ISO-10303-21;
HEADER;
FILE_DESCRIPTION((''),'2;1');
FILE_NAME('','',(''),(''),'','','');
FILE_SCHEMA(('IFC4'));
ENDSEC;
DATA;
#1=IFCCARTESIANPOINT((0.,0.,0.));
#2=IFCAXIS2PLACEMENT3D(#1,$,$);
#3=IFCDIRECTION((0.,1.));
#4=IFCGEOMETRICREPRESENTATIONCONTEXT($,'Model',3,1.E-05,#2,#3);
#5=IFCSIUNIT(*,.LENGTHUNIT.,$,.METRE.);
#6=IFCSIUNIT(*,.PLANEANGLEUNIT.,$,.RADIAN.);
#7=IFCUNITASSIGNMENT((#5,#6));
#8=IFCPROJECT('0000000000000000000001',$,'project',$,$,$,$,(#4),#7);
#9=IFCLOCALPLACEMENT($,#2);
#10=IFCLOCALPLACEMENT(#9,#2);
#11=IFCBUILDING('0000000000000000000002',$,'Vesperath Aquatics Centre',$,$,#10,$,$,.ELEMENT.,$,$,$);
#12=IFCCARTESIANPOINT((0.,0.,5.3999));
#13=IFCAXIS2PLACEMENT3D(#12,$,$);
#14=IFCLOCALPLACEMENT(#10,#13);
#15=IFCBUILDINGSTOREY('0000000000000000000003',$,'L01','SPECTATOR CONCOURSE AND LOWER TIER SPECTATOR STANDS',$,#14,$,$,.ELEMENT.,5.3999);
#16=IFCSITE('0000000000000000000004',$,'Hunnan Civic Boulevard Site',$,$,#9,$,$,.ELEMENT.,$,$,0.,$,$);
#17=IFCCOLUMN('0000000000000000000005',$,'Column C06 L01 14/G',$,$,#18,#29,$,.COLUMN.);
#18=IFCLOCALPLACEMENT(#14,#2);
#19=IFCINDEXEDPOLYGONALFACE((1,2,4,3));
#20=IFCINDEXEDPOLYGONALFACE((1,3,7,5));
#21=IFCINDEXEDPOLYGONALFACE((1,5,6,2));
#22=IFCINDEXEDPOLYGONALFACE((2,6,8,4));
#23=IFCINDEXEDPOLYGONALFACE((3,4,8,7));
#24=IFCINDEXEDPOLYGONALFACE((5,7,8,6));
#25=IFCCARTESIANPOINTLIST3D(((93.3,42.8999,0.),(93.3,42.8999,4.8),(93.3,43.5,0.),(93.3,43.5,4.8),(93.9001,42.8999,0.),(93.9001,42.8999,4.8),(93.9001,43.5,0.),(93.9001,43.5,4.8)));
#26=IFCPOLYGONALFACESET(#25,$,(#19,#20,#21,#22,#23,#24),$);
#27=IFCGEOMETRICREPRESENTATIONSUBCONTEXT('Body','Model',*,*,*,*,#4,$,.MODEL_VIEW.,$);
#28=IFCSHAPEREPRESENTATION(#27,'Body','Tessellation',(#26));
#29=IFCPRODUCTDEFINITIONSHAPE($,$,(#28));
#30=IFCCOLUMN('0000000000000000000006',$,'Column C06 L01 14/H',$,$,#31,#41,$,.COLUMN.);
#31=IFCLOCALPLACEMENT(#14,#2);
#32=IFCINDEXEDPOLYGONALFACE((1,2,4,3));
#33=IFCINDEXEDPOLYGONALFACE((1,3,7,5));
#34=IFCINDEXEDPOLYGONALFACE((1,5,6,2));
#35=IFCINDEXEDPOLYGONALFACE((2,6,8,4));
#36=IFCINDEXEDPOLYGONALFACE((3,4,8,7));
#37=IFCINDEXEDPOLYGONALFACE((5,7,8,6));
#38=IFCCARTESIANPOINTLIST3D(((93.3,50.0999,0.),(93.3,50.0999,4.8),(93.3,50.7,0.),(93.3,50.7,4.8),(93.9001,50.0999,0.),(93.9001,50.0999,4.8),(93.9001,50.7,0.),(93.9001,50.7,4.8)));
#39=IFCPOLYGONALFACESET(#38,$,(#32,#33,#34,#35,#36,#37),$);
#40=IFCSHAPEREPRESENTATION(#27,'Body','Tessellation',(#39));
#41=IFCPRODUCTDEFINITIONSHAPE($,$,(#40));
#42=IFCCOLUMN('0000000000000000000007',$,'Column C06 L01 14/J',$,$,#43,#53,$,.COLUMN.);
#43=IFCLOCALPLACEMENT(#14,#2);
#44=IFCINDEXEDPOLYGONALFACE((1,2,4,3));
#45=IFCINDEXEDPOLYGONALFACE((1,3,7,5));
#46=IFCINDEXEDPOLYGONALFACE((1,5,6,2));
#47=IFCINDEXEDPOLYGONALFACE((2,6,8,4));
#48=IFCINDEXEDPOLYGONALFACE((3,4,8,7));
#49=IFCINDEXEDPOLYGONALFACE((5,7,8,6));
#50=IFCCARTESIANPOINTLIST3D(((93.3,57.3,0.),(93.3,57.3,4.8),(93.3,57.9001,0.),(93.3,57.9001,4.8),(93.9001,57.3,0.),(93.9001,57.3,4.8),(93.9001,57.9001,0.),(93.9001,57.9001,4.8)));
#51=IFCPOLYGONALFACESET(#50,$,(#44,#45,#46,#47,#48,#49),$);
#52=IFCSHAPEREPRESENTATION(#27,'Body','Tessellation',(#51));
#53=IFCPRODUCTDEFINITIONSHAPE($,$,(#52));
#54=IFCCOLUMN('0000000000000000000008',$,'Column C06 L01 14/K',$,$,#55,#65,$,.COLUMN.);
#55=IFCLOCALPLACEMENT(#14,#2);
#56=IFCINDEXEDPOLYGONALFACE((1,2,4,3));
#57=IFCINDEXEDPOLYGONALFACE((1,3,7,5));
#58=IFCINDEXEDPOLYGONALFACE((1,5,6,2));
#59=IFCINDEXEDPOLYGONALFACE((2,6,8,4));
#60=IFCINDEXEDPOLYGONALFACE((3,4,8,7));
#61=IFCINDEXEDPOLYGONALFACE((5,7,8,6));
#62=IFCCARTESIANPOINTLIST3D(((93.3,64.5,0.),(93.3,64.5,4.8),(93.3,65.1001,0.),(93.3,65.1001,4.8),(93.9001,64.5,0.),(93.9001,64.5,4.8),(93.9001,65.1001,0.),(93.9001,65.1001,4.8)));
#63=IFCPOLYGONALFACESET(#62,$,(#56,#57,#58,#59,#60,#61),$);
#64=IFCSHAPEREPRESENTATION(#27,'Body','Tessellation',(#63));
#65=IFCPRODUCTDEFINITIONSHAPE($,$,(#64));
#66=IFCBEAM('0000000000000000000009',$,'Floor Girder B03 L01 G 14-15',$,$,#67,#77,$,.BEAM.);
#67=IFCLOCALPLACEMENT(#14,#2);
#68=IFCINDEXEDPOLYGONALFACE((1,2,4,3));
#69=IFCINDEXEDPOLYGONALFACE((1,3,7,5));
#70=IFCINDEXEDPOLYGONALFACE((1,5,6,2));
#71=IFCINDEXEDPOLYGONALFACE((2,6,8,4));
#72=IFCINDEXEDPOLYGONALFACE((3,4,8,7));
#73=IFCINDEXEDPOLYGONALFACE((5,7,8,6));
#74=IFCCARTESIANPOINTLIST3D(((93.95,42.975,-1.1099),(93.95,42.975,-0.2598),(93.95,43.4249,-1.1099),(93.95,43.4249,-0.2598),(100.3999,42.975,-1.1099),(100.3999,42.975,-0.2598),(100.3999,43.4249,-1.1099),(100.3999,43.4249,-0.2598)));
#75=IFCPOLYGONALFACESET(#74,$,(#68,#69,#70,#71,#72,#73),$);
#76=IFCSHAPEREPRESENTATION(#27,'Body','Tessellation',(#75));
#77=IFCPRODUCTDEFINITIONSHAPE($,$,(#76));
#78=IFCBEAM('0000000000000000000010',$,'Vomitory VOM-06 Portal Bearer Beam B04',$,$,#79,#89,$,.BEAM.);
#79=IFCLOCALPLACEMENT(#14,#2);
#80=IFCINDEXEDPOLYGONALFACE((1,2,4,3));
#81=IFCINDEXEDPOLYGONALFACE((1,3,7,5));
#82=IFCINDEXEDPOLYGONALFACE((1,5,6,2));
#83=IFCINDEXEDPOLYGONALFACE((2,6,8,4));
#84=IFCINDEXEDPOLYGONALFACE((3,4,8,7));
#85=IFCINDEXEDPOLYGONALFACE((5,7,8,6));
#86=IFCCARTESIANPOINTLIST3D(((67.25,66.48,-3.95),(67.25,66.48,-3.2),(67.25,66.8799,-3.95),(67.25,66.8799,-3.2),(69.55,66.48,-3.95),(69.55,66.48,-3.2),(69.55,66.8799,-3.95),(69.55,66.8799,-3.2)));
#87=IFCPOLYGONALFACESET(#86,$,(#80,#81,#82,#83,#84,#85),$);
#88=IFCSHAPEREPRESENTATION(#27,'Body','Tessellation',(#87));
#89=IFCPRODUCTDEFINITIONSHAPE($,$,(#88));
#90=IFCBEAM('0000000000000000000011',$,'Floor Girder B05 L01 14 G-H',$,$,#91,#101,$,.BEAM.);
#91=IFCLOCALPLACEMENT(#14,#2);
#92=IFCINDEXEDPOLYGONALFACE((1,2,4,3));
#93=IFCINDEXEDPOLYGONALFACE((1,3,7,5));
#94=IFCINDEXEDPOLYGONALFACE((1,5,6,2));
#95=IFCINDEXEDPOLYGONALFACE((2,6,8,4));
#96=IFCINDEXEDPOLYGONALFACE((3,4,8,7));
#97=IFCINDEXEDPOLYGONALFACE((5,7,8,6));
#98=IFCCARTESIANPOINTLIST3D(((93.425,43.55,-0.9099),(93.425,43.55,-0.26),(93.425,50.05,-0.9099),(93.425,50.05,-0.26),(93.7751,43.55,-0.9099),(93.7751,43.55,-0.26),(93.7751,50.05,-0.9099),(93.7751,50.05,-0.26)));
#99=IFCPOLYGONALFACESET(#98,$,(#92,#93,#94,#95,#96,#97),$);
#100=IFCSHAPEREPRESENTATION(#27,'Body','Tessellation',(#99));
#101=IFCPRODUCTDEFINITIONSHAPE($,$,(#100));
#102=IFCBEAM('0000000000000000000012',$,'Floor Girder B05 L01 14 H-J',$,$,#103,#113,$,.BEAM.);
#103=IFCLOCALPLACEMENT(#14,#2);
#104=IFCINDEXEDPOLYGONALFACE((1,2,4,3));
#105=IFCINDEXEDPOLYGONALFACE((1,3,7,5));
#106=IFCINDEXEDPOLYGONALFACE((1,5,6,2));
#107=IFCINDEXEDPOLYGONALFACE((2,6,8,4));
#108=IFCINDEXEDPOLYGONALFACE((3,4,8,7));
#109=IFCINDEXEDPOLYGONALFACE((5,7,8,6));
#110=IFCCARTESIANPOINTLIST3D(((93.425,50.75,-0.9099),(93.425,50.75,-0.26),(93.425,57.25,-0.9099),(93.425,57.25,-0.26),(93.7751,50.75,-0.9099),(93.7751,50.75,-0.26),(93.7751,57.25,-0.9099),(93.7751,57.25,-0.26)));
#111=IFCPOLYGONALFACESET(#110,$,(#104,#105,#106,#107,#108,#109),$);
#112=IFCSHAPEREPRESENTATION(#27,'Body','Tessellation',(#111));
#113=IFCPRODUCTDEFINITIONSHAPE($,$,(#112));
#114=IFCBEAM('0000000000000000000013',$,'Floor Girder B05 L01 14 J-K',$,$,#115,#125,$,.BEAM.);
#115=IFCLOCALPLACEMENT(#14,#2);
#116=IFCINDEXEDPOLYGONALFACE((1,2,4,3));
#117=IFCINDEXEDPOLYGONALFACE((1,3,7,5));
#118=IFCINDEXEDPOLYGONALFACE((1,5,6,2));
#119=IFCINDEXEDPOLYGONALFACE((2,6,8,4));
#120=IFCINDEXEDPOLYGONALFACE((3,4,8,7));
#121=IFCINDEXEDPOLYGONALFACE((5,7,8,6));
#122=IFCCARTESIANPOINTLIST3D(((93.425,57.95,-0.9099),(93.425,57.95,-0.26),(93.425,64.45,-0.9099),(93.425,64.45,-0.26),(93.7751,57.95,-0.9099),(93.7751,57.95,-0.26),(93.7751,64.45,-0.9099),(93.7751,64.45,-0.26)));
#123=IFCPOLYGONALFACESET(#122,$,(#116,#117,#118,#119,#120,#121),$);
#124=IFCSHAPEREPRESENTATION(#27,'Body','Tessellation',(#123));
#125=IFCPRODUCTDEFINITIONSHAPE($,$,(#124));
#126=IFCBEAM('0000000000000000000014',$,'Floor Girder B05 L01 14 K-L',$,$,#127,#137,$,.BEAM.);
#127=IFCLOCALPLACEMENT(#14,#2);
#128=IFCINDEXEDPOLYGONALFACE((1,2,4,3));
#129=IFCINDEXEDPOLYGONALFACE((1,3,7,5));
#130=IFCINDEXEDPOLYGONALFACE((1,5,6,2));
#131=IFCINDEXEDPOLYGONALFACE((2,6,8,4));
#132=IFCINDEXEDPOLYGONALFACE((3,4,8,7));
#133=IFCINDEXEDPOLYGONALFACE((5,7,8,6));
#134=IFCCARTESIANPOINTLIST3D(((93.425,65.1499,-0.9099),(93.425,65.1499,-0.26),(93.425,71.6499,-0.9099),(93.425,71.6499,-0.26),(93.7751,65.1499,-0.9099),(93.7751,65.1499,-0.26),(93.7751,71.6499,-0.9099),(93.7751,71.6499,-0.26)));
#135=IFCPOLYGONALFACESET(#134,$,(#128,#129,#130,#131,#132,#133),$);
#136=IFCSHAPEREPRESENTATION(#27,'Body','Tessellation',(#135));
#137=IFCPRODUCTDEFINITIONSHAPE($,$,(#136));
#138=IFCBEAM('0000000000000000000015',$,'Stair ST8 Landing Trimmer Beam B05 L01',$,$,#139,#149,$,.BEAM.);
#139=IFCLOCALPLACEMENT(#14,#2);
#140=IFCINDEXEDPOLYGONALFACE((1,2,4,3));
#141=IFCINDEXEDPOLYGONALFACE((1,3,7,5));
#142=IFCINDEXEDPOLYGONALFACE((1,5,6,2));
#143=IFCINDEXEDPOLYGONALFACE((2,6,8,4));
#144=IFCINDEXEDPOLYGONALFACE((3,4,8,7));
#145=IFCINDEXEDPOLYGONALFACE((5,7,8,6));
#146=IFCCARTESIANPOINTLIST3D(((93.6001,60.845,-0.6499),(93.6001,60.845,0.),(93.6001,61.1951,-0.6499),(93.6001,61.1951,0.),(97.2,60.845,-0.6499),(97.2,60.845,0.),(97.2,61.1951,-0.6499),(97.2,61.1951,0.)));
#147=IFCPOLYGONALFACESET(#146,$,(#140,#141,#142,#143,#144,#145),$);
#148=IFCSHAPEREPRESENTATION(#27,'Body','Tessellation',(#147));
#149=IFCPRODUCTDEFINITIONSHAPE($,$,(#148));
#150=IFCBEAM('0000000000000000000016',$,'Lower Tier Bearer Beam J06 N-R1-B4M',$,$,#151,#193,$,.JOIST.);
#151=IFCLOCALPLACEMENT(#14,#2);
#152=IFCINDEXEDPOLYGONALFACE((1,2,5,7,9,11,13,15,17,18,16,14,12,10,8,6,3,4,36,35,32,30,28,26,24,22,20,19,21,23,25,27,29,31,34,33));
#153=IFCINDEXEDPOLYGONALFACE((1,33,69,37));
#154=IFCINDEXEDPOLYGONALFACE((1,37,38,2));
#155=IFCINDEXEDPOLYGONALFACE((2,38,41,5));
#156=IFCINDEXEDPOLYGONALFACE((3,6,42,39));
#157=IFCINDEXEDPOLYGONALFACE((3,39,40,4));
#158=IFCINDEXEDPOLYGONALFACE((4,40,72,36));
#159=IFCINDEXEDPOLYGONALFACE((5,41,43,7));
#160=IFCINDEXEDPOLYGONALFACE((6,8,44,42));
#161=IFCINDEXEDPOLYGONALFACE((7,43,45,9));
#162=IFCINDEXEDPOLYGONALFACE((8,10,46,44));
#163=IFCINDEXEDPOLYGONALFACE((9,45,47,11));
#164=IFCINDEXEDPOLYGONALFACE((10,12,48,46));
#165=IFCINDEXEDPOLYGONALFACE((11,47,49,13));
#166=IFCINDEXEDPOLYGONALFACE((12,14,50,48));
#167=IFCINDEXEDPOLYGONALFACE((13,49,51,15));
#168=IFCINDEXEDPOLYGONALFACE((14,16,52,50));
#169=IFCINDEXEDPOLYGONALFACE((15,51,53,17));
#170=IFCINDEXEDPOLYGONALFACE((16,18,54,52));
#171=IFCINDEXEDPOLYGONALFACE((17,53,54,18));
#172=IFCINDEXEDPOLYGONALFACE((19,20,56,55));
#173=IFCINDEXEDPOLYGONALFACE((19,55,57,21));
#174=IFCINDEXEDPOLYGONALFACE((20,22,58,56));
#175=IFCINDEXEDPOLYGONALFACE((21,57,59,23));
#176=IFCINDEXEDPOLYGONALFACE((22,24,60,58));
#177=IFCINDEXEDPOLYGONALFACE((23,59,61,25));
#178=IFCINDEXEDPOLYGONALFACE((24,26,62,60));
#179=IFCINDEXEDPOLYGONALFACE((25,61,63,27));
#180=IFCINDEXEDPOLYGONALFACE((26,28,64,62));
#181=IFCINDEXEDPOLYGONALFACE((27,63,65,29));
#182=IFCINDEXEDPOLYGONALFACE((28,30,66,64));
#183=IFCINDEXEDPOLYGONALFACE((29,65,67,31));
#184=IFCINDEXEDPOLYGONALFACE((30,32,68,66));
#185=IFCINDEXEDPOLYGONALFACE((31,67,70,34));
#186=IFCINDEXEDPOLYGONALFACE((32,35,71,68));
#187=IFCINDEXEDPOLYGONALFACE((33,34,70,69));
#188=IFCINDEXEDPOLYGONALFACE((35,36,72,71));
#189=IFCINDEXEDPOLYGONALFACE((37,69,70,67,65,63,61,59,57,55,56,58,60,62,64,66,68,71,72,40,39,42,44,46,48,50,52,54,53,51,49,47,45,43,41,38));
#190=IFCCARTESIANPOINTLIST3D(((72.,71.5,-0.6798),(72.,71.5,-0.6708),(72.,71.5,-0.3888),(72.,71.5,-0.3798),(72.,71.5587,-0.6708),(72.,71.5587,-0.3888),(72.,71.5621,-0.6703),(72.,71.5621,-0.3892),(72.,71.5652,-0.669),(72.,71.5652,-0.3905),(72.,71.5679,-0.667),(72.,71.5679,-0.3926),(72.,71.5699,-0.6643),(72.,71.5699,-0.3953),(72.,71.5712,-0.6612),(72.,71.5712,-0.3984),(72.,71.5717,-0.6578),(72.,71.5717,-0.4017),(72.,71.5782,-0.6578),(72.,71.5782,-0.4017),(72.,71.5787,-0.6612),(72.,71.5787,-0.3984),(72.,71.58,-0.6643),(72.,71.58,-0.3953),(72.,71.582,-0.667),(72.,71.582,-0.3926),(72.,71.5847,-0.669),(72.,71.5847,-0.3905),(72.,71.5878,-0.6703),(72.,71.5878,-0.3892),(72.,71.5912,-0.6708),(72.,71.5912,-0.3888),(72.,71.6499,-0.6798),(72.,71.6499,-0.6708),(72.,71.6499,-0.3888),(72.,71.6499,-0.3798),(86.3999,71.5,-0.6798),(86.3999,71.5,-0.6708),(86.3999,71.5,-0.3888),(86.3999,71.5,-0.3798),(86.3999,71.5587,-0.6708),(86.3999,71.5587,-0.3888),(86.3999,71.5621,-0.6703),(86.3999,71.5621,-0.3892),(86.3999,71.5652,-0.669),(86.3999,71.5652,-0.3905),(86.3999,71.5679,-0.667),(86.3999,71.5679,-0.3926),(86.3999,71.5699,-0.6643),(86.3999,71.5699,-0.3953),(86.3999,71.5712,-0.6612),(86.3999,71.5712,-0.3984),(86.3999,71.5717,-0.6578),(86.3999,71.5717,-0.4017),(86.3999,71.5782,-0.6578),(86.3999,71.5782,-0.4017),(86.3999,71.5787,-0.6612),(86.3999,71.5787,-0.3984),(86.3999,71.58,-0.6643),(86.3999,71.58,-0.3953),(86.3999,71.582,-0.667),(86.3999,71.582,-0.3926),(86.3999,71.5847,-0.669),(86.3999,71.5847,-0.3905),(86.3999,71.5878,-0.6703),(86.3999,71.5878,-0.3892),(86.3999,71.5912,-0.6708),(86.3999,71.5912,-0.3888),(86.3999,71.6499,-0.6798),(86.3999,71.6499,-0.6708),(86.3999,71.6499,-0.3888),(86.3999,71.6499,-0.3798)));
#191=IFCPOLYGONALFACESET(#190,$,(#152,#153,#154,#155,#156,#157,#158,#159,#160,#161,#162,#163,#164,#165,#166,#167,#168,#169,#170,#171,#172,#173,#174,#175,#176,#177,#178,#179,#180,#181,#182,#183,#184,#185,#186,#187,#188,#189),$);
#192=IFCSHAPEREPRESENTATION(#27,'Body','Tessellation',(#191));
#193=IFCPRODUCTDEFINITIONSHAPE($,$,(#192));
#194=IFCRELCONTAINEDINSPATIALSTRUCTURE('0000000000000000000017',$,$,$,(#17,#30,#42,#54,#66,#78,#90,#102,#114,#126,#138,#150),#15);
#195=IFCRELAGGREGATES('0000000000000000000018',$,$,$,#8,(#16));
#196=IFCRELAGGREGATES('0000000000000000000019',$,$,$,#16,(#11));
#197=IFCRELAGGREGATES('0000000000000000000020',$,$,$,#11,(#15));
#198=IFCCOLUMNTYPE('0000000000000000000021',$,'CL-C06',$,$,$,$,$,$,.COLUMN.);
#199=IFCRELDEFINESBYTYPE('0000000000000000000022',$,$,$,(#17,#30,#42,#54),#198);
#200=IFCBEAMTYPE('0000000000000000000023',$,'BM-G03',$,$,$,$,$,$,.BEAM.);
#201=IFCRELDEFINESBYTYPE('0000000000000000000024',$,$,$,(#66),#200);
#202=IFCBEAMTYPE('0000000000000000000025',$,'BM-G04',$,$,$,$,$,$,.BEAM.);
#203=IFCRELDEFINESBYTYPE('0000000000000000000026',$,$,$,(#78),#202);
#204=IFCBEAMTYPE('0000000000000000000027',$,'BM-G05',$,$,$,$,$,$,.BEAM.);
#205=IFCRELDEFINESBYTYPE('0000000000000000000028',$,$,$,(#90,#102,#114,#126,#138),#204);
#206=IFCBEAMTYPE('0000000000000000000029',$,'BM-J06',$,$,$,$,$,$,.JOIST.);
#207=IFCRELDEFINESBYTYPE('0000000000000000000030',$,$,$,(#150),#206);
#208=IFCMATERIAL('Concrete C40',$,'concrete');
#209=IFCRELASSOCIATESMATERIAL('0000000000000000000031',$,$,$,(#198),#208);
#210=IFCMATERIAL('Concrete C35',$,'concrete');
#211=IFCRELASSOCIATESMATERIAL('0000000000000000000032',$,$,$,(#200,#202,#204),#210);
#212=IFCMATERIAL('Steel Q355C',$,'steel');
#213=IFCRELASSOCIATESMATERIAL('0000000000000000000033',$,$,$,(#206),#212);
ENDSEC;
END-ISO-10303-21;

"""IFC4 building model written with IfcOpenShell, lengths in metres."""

from ifc_helpers import new_model, si_unit, direction, frame, origin, origin_2d, place, context, subcontext, project, spatial, rectangle, i_section, extrude, material, material_profile, profile_set, type_object, element, save


model = new_model("IFC4")

# Units and contexts
model_context = context("Model", 3, precision=1e-05, world=origin(), true_north=direction((0.0, 1.0)))
body_context = subcontext(model_context, "Body", "Model", "MODEL_VIEW")
ifc_project = project(units=[si_unit("LENGTHUNIT", "METRE"), si_unit("PLANEANGLEUNIT", "RADIAN")], contexts=[model_context])

# Site, building, storey
site_placement = place(None, origin())
site = spatial("IfcSite", under=ifc_project, at=site_placement, Name="Hunnan Civic Boulevard Site", CompositionType="ELEMENT", RefElevation=0.0)
building_placement = place(site_placement, origin())
building = spatial("IfcBuilding", under=site, at=building_placement, Name="Vesperath Aquatics Centre", CompositionType="ELEMENT")
storey_placement = place(building_placement, frame((0.0, 0.0, 5.3999)))
storey = spatial("IfcBuildingStorey", under=building, at=storey_placement, Name="L01", Description="SPECTATOR CONCOURSE AND LOWER TIER SPECTATOR STANDS", CompositionType="ELEMENT", Elevation=5.3999)

# Columns
ifc_material_1 = material(Name="Concrete C40", Category="concrete")
ifc_material_profile_1 = material_profile(ifc_material_1, rectangle(XDim=0.6001, YDim=0.6001, at=origin_2d()), Name="RC 600x600")
ifc_profile_set_1 = profile_set([ifc_material_profile_1], Name="Concrete C40")
column_type = type_object("IfcColumnType", Name="CL-C06", PredefinedType="COLUMN", material=ifc_profile_set_1)
for number, where, z_axis, x_axis, name in (
    (1, (93.6001, 43.2, 0.0), (0.0, 0.0, 1.0), (1.0, 0.0, 0.0), "Column C06 L01 14/G"),
    (2, (93.6001, 50.3999, 0.0), (0.0, 0.0, 1.0), (1.0, 0.0, 0.0), "Column C06 L01 14/H"),
    (3, (93.6001, 57.6001, 0.0), (0.0, 0.0, 1.0), (1.0, 0.0, 0.0), "Column C06 L01 14/J"),
    (4, (93.6001, 64.8, 0.0), (0.0, 0.0, 1.0), (1.0, 0.0, 0.0), "Column C06 L01 14/K"),
):
    element("IfcColumn", number, at=place(storey_placement, frame(where, z_axis=z_axis, x_axis=x_axis)), inside=storey, type_object=column_type, Name=name, PredefinedType="COLUMN", context=body_context, shape_type="SweptSolid", body=[
        extrude(rectangle(XDim=0.6001, YDim=0.6001, at=origin_2d()), origin(), (0.0, 0.0, 1.0), 4.8),
    ])

# Beams
ifc_material_2 = material(Name="Concrete C35", Category="concrete")
ifc_material_profile_2 = material_profile(ifc_material_2, rectangle(XDim=0.45, YDim=0.8501, at=origin_2d()), Name="RC 450x850")
ifc_profile_set_2 = profile_set([ifc_material_profile_2], Name="Concrete C35")
beam_type_1 = type_object("IfcBeamType", Name="BM-G03", PredefinedType="BEAM", material=ifc_profile_set_2)
beam_1_placement = place(storey_placement, frame((93.95, 43.2, -0.6848), z_axis=(1.0, 0.0, 0.0), x_axis=(0.0, 1.0, 0.0)))
element("IfcBeam", 5, at=beam_1_placement, inside=storey, type_object=beam_type_1, Name="Floor Girder B03 L01 G 14-15", PredefinedType="BEAM", context=body_context, shape_type="SweptSolid", body=[
    extrude(rectangle(XDim=0.45, YDim=0.8501, at=origin_2d()), origin(), (0.0, 0.0, 1.0), 6.45),
])
ifc_material_profile_3 = material_profile(ifc_material_2, rectangle(XDim=0.3999, YDim=0.75, at=origin_2d()), Name="RC 400x750")
ifc_profile_set_3 = profile_set([ifc_material_profile_3], Name="Concrete C35")
beam_type_2 = type_object("IfcBeamType", Name="BM-G04", PredefinedType="BEAM", material=ifc_profile_set_3)
beam_2_placement = place(storey_placement, frame((67.25, 66.6799, -3.575), z_axis=(1.0, 0.0, 0.0), x_axis=(0.0, 1.0, 0.0)))
element("IfcBeam", 6, at=beam_2_placement, inside=storey, type_object=beam_type_2, Name="Vomitory VOM-06 Portal Bearer Beam B04", PredefinedType="BEAM", context=body_context, shape_type="SweptSolid", body=[
    extrude(rectangle(XDim=0.3999, YDim=0.75, at=origin_2d()), origin(), (0.0, 0.0, 1.0), 2.3),
])
ifc_material_profile_4 = material_profile(ifc_material_2, rectangle(XDim=0.3501, YDim=0.6499, at=origin_2d()), Name="RC 350x650")
ifc_profile_set_4 = profile_set([ifc_material_profile_4], Name="Concrete C35")
beam_type_3 = type_object("IfcBeamType", Name="BM-G05", PredefinedType="BEAM", material=ifc_profile_set_4)
for number, where, z_axis, x_axis, name in (
    (7, (93.6001, 43.55, -0.585), (0.0, 1.0, 0.0), (-1.0, 0.0, 0.0), "Floor Girder B05 L01 14 G-H"),
    (8, (93.6001, 50.75, -0.585), (0.0, 1.0, 0.0), (-1.0, 0.0, 0.0), "Floor Girder B05 L01 14 H-J"),
    (9, (93.6001, 57.95, -0.585), (0.0, 1.0, 0.0), (-1.0, 0.0, 0.0), "Floor Girder B05 L01 14 J-K"),
    (10, (93.6001, 65.1499, -0.585), (0.0, 1.0, 0.0), (-1.0, 0.0, 0.0), "Floor Girder B05 L01 14 K-L"),
):
    element("IfcBeam", number, at=place(storey_placement, frame(where, z_axis=z_axis, x_axis=x_axis)), inside=storey, type_object=beam_type_3, Name=name, PredefinedType="BEAM", context=body_context, shape_type="SweptSolid", body=[
        extrude(rectangle(XDim=0.3501, YDim=0.6499, at=origin_2d()), origin(), (0.0, 0.0, 1.0), 6.5),
    ])
beam_3_placement = place(storey_placement, frame((93.6001, 61.02, -0.325), z_axis=(1.0, 0.0, 0.0), x_axis=(0.0, 1.0, 0.0)))
element("IfcBeam", 11, at=beam_3_placement, inside=storey, type_object=beam_type_3, Name="Stair ST8 Landing Trimmer Beam B05 L01", PredefinedType="BEAM", context=body_context, shape_type="SweptSolid", body=[
    extrude(rectangle(XDim=0.3501, YDim=0.6499, at=origin_2d()), origin(), (0.0, 0.0, 1.0), 3.5999),
])
ifc_material_3 = material(Name="Steel Q355C", Category="steel")
ifc_material_profile_5 = material_profile(ifc_material_3, i_section(OverallWidth=0.1499, OverallDepth=0.3, WebThickness=0.0066, FlangeThickness=0.009, FilletRadius=0.0129, at=origin_2d()), Name="HN 300x150x6.5x9")
ifc_profile_set_5 = profile_set([ifc_material_profile_5], Name="Steel Q355C")
beam_type_4 = type_object("IfcBeamType", Name="BM-J06", PredefinedType="JOIST", material=ifc_profile_set_5)
for number, where, z_axis, x_axis, name in (
    (12, (72.0, 71.575, -0.5298), (1.0, 0.0, 0.0), (0.0, 1.0, 0.0), "Lower Tier Bearer Beam J06 N-R1-B4M"),
):
    element("IfcBeam", number, at=place(storey_placement, frame(where, z_axis=z_axis, x_axis=x_axis)), inside=storey, type_object=beam_type_4, Name=name, PredefinedType="JOIST", context=body_context, shape_type="SweptSolid", body=[
        extrude(i_section(OverallWidth=0.1499, OverallDepth=0.3, WebThickness=0.0066, FlangeThickness=0.009, FilletRadius=0.0129, at=origin_2d()), origin(), (0.0, 0.0, 1.0), 14.3999),
    ])

save(model, "model.ifc")
